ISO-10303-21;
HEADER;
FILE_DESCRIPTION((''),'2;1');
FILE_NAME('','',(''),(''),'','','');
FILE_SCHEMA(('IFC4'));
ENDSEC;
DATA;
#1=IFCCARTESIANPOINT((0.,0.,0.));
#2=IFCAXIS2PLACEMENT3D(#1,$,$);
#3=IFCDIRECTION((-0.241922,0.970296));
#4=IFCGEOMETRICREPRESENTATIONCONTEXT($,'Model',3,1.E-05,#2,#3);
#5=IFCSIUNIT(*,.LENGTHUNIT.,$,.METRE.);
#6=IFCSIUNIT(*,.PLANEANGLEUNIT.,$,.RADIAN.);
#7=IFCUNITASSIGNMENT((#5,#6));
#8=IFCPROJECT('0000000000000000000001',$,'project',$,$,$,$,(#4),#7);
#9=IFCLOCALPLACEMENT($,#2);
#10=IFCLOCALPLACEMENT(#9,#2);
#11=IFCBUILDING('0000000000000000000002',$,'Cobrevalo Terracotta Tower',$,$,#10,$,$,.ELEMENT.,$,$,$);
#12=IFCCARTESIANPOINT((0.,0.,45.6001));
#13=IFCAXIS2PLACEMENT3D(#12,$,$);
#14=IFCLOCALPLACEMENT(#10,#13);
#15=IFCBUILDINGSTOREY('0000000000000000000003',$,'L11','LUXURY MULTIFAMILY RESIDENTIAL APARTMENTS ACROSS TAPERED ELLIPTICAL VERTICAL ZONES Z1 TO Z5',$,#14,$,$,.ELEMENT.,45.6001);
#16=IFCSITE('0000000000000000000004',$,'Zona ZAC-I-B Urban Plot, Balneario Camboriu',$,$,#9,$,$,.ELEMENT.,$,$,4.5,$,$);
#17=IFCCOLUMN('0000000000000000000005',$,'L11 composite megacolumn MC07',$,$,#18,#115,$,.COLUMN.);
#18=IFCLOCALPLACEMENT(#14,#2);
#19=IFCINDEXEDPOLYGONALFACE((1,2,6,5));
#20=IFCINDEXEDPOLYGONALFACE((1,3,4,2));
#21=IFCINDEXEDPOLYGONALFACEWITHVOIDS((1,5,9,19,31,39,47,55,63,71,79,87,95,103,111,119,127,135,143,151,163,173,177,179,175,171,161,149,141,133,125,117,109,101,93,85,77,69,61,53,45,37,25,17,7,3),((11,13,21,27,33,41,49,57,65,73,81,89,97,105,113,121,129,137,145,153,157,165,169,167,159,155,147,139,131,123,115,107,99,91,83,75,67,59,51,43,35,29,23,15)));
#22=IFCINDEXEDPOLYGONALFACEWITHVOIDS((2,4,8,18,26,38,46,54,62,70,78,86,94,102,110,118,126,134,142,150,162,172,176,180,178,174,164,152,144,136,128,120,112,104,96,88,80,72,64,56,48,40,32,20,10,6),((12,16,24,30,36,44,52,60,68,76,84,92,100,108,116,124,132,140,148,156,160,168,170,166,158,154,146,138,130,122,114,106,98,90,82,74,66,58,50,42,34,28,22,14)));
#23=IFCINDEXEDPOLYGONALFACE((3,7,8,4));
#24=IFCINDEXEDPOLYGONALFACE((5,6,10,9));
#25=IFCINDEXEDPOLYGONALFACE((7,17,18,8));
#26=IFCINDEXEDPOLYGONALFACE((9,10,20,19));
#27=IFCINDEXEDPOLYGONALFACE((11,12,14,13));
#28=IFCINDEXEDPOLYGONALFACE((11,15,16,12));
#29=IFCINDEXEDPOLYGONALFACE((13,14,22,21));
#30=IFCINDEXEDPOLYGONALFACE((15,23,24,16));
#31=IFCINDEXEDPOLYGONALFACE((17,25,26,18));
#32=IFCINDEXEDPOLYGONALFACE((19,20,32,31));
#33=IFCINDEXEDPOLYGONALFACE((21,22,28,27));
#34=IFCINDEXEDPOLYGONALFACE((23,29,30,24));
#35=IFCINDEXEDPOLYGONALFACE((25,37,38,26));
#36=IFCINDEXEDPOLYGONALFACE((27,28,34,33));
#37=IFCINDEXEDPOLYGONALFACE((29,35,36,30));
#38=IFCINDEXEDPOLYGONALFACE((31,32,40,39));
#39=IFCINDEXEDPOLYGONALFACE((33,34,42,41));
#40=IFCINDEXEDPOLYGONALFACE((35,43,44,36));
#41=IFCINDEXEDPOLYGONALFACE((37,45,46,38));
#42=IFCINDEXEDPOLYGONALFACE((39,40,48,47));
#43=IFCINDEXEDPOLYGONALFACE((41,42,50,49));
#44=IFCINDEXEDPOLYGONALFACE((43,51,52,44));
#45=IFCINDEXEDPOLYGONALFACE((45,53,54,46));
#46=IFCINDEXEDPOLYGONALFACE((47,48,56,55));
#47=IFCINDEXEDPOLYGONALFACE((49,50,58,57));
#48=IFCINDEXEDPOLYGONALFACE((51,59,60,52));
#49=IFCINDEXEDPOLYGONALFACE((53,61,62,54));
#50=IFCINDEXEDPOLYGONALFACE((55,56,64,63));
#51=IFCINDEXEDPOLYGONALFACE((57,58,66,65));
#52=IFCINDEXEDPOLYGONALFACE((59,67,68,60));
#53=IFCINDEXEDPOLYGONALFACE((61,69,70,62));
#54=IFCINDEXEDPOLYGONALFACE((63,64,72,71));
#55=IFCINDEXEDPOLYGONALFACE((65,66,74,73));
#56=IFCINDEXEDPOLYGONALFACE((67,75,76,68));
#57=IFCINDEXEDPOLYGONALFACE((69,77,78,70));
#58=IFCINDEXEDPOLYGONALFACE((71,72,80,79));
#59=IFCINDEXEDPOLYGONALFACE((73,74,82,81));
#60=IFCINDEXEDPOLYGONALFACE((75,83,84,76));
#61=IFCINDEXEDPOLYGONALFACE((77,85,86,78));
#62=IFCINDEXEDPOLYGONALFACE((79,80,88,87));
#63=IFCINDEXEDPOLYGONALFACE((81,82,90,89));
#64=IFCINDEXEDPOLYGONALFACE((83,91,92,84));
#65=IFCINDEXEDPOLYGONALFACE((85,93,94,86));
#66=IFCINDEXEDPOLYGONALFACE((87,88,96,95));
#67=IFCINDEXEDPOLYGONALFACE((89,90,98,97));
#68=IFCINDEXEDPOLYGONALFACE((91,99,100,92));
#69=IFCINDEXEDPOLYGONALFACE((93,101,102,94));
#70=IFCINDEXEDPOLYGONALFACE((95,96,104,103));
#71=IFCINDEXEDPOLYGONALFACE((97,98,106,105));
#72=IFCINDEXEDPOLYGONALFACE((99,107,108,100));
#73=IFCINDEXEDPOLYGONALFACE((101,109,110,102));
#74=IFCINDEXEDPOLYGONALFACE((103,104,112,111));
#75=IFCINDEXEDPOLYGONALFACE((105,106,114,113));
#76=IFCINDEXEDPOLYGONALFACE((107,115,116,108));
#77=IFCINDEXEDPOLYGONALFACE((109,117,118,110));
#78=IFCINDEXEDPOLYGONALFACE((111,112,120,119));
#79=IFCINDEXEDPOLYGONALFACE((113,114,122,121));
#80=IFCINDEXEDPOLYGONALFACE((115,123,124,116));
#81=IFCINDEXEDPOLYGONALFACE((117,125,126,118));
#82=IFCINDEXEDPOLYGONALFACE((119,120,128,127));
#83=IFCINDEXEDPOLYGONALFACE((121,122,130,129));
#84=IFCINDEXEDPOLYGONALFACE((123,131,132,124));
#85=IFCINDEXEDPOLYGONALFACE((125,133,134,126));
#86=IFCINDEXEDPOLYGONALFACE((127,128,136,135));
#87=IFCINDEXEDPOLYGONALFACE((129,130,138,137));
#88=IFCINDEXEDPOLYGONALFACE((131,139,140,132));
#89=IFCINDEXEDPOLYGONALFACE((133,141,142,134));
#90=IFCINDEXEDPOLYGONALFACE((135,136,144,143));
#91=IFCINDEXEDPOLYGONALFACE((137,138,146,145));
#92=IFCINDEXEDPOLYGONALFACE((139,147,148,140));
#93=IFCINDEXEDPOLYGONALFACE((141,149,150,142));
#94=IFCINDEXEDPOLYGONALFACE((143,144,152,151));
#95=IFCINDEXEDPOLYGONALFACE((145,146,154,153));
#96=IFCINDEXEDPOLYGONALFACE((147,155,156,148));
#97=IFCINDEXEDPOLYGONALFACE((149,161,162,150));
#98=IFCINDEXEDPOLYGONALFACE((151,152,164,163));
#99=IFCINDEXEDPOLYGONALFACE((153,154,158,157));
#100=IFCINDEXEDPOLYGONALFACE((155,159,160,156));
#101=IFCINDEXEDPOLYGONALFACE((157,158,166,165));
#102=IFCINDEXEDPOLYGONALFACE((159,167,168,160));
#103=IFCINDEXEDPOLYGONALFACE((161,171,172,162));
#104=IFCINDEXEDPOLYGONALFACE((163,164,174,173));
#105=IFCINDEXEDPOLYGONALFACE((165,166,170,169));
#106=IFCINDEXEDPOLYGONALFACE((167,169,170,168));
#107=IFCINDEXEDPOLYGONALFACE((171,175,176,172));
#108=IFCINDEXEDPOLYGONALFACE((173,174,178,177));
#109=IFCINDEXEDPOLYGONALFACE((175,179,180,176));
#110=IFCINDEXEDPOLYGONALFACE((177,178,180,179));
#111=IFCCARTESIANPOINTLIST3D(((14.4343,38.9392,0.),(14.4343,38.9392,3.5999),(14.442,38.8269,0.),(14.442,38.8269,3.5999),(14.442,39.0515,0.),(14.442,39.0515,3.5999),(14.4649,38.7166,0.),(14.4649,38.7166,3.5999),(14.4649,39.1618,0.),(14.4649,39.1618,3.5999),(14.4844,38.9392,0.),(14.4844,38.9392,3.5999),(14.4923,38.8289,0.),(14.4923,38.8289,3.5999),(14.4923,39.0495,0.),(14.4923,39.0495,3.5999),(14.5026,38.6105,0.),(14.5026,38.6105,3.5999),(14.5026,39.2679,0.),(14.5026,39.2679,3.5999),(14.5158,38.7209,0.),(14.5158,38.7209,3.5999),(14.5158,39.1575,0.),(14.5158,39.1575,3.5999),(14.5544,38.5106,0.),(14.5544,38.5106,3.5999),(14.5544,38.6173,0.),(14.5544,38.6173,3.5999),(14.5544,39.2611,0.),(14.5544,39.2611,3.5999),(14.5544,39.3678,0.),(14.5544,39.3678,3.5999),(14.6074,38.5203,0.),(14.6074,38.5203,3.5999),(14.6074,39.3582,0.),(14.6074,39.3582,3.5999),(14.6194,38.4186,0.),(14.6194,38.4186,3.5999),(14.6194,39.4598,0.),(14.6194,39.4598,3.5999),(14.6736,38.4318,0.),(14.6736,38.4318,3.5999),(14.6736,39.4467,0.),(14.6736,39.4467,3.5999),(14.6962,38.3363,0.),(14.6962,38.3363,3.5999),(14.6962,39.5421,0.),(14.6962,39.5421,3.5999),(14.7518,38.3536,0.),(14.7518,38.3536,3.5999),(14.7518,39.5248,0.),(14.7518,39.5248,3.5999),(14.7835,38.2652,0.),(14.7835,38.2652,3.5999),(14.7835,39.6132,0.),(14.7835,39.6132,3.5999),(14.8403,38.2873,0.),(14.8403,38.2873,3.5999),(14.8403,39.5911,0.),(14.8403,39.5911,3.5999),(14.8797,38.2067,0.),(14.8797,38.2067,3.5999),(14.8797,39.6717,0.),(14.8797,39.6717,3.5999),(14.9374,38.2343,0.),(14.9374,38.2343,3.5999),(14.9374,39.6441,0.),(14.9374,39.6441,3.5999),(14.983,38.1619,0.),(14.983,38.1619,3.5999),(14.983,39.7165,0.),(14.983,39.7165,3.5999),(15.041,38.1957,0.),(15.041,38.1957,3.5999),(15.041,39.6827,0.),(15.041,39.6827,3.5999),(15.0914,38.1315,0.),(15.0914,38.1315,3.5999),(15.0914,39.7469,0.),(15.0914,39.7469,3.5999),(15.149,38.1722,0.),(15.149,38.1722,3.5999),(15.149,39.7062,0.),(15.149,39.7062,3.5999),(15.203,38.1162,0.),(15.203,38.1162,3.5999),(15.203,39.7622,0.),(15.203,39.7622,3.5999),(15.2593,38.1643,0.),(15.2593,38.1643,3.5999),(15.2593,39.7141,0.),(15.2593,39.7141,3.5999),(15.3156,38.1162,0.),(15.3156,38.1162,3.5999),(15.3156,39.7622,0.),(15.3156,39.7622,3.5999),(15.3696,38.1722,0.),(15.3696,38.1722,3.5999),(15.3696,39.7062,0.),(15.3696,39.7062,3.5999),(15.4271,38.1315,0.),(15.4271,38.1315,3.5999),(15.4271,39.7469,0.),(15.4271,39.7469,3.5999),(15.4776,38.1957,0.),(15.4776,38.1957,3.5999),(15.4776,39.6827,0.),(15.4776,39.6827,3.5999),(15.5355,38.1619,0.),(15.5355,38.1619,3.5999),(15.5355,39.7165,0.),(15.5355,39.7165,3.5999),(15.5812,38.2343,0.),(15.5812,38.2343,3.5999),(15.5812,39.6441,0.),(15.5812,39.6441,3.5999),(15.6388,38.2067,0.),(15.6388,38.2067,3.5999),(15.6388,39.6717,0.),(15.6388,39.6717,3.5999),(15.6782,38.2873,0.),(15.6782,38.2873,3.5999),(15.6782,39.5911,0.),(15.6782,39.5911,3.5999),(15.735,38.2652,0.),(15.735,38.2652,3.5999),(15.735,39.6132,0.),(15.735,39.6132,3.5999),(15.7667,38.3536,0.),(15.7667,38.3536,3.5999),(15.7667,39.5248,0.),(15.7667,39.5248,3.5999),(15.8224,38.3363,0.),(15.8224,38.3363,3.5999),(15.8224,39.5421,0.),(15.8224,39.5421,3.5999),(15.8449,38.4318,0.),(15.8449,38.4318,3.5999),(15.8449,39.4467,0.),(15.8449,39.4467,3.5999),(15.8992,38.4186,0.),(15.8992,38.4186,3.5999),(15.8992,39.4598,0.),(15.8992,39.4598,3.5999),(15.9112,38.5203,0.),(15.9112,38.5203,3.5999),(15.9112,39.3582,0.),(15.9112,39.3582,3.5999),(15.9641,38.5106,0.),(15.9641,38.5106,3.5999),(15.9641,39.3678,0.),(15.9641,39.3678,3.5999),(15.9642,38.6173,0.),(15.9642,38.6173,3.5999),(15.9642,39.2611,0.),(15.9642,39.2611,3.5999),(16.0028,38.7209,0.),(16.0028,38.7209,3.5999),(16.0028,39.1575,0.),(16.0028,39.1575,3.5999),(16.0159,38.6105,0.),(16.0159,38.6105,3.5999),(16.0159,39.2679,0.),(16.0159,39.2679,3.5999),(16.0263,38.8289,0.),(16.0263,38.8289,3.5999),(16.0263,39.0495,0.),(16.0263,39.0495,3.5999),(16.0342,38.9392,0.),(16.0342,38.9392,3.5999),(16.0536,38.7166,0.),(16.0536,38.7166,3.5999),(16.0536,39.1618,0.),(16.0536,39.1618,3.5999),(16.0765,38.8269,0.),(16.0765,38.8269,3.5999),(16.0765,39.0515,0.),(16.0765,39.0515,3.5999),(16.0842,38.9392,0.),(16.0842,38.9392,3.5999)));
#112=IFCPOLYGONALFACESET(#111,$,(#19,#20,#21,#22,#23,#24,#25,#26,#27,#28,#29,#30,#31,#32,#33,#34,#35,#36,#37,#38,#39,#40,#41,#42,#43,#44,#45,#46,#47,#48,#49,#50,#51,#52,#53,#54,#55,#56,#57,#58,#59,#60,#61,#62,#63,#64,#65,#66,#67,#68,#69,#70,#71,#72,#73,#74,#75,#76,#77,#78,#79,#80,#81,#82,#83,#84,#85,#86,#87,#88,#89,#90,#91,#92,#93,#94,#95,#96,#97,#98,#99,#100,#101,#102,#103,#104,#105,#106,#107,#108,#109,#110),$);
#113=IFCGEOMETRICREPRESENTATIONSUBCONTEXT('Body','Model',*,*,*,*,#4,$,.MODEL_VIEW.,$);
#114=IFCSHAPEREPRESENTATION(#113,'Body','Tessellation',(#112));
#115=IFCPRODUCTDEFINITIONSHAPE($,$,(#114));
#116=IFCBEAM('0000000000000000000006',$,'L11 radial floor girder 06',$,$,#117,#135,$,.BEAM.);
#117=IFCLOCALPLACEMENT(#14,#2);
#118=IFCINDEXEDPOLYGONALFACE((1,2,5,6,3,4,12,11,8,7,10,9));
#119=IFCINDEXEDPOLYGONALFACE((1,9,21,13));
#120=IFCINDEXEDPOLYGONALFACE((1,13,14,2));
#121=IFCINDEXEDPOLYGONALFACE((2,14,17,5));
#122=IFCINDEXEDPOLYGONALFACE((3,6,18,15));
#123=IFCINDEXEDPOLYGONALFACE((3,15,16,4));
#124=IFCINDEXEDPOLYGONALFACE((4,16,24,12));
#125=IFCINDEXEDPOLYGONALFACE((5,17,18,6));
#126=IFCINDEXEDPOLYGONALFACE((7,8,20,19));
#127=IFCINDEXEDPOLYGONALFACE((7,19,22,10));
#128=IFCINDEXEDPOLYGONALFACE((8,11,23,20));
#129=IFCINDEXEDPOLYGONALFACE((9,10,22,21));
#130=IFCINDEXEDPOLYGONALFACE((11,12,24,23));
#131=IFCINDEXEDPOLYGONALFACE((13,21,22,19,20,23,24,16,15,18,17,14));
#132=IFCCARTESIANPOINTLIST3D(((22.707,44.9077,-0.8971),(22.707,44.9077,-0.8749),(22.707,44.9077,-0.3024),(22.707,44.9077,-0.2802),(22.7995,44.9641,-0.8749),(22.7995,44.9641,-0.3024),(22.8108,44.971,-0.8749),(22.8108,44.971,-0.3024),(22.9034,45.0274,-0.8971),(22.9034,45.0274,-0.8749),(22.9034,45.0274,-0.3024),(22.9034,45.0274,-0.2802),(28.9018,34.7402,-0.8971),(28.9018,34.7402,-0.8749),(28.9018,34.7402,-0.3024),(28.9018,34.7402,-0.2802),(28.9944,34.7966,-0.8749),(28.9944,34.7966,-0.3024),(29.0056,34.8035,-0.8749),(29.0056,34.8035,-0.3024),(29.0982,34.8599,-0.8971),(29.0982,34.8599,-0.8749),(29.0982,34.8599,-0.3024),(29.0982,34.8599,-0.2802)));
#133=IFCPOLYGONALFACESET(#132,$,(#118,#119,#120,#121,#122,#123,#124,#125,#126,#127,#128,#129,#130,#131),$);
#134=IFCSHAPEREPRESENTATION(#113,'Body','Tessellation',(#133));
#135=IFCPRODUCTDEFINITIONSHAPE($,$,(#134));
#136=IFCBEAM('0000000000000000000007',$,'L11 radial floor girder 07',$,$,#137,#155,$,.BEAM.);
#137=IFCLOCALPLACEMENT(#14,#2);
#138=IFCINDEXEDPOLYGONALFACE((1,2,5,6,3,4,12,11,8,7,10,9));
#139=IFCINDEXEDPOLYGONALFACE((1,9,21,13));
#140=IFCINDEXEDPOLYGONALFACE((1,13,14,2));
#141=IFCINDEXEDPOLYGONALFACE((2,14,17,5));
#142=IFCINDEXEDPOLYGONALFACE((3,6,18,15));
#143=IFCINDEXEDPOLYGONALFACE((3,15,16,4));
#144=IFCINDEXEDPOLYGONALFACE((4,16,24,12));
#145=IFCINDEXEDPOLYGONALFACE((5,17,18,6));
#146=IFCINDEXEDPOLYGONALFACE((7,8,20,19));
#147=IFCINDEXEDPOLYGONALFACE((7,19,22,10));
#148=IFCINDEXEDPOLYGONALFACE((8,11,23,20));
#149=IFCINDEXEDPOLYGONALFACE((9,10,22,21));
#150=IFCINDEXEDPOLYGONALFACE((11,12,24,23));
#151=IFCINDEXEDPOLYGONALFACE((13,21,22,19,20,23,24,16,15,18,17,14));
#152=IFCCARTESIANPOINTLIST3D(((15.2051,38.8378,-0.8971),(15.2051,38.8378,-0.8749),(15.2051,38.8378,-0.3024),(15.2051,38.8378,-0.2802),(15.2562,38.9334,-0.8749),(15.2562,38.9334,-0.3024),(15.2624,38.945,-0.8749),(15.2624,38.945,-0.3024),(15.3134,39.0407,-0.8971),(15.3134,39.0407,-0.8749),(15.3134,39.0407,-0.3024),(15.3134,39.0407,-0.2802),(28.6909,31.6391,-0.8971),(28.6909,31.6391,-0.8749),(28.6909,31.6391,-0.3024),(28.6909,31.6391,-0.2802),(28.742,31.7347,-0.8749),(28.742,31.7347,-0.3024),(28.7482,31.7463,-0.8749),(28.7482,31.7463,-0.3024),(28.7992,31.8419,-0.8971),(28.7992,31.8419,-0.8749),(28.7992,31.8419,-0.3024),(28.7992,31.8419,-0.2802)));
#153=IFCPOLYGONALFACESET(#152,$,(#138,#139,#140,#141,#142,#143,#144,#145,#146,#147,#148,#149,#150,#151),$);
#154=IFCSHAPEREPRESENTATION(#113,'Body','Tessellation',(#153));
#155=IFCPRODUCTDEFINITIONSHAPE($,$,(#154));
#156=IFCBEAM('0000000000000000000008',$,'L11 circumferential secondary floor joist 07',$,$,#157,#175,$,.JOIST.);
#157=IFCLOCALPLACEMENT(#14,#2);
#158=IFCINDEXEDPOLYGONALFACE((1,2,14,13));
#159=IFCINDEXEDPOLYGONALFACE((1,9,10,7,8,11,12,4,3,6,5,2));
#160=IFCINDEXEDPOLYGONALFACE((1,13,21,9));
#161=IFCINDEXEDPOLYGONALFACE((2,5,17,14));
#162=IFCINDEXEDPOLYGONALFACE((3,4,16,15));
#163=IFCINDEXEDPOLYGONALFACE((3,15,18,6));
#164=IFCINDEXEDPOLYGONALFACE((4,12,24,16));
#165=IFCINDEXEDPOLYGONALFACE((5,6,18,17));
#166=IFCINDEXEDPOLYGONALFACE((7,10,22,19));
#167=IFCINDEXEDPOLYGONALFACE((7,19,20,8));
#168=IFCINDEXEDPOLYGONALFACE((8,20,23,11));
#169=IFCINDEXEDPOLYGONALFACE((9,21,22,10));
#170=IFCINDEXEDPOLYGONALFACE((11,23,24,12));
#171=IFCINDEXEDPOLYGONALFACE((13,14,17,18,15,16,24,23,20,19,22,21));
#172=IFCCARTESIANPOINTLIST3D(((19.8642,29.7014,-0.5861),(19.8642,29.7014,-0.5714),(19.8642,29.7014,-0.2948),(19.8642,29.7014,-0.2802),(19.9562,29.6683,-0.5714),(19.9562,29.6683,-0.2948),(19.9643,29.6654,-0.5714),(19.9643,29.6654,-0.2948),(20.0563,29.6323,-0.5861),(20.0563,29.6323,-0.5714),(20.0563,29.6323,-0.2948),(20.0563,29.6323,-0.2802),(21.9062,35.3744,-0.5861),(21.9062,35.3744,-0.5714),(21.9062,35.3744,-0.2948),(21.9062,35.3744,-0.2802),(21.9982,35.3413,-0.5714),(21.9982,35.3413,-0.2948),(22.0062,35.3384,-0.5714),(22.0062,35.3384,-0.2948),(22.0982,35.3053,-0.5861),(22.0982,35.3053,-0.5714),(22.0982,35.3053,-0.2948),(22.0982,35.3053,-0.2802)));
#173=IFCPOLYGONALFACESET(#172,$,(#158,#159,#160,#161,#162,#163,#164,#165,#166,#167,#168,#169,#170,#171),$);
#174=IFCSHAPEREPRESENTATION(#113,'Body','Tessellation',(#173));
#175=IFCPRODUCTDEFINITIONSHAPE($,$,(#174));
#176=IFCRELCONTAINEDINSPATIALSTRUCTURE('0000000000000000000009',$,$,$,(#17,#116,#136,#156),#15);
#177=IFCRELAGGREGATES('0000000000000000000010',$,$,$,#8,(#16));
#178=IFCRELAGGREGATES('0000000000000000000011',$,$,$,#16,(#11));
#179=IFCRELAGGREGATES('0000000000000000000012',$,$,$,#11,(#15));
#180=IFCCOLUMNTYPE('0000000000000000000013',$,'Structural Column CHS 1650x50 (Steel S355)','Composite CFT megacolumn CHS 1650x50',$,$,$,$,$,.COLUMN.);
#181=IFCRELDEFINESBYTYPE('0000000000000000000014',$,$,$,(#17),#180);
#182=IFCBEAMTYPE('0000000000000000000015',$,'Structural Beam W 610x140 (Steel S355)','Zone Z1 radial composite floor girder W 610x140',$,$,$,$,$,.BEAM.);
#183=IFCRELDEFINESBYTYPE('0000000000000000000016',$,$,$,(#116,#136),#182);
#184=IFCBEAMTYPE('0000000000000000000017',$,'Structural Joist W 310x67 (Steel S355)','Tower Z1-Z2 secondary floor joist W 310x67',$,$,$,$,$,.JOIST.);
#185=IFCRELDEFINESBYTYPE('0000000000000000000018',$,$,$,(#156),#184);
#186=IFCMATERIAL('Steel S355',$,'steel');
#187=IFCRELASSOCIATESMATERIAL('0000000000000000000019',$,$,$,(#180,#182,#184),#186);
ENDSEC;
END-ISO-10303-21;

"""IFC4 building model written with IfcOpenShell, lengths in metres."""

from ifc_helpers import new_model, si_unit, direction, frame, origin, origin_2d, place, context, subcontext, project, spatial, hollow_circle, i_section, extrude, material, material_profile, profile_set, type_object, element, save


model = new_model("IFC4")

# Units and contexts
model_context = context("Model", 3, precision=1e-05, world=origin(), true_north=direction((-0.241922, 0.970296)))
body_context = subcontext(model_context, "Body", "Model", "MODEL_VIEW")
ifc_project = project(units=[si_unit("LENGTHUNIT", "METRE"), si_unit("PLANEANGLEUNIT", "RADIAN")], contexts=[model_context])

# Site, building, storey
site_placement = place(None, origin())
site = spatial("IfcSite", under=ifc_project, at=site_placement, Name="Zona ZAC-I-B Urban Plot, Balneario Camboriu", CompositionType="ELEMENT", RefElevation=4.5)
building_placement = place(site_placement, origin())
building = spatial("IfcBuilding", under=site, at=building_placement, Name="Cobrevalo Terracotta Tower", CompositionType="ELEMENT")
storey_placement = place(building_placement, frame((0.0, 0.0, 45.6001)))
storey = spatial("IfcBuildingStorey", under=building, at=storey_placement, Name="L11", Description="LUXURY MULTIFAMILY RESIDENTIAL APARTMENTS ACROSS TAPERED ELLIPTICAL VERTICAL ZONES Z1 TO Z5", CompositionType="ELEMENT", Elevation=45.6001)

# Column
ifc_material_1 = material(Name="Steel S355", Category="steel")
ifc_material_profile_1 = material_profile(ifc_material_1, hollow_circle(Radius=0.825, WallThickness=0.05, at=origin_2d()), Name="CHS 1650x50")
ifc_profile_set_1 = profile_set([ifc_material_profile_1], Name="Steel S355")
column_type = type_object("IfcColumnType", Name="Structural Column CHS 1650x50 (Steel S355)", Description="Composite CFT megacolumn CHS 1650x50", PredefinedType="COLUMN", material=ifc_profile_set_1)
for number, where, z_axis, x_axis, name in (
    (1, (15.2593, 38.9392, 0.0), (0.0, 0.0, 1.0), (1.0, 0.0, 0.0), "L11 composite megacolumn MC07"),
):
    element("IfcColumn", number, at=place(storey_placement, frame(where, z_axis=z_axis, x_axis=x_axis)), inside=storey, type_object=column_type, Name=name, PredefinedType="COLUMN", context=body_context, shape_type="SweptSolid", body=[
        extrude(hollow_circle(Radius=0.825, WallThickness=0.05, at=origin_2d()), origin(), (0.0, 0.0, 1.0), 3.5999),
    ])

# Beams
ifc_material_profile_2 = material_profile(ifc_material_1, i_section(OverallWidth=0.23, OverallDepth=0.6169, WebThickness=0.0132, FlangeThickness=0.0222, at=origin_2d()), Name="W 610x140")
ifc_profile_set_2 = profile_set([ifc_material_profile_2], Name="Steel S355")
beam_type_1 = type_object("IfcBeamType", Name="Structural Beam W 610x140 (Steel S355)", Description="Zone Z1 radial composite floor girder W 610x140", PredefinedType="BEAM", material=ifc_profile_set_2)
beam_1_placement = place(storey_placement, frame((22.8052, 44.9675, -0.5886), z_axis=(0.52031, -0.853978, 0.0), x_axis=(0.853978, 0.52031, 0.0)))
element("IfcBeam", 2, at=beam_1_placement, inside=storey, type_object=beam_type_1, Name="L11 radial floor girder 06", PredefinedType="BEAM", context=body_context, shape_type="SweptSolid", body=[
    extrude(i_section(OverallWidth=0.23, OverallDepth=0.6169, WebThickness=0.0132, FlangeThickness=0.0222, at=origin_2d()), origin(), (0.0, 0.0, 1.0), 11.906),
])
beam_2_placement = place(storey_placement, frame((15.2593, 38.9392, -0.5886), z_axis=(0.882182, -0.470908, 0.0), x_axis=(0.470908, 0.882182, 0.0)))
element("IfcBeam", 3, at=beam_2_placement, inside=storey, type_object=beam_type_1, Name="L11 radial floor girder 07", PredefinedType="BEAM", context=body_context, shape_type="SweptSolid", body=[
    extrude(i_section(OverallWidth=0.23, OverallDepth=0.6169, WebThickness=0.0132, FlangeThickness=0.0222, at=origin_2d()), origin(), (0.0, 0.0, 1.0), 15.2869),
])
ifc_material_profile_3 = material_profile(ifc_material_1, i_section(OverallWidth=0.2041, OverallDepth=0.3059, WebThickness=0.0085, FlangeThickness=0.0146, at=origin_2d()), Name="W 310x67")
ifc_profile_set_3 = profile_set([ifc_material_profile_3], Name="Steel S355")
beam_type_2 = type_object("IfcBeamType", Name="Structural Joist W 310x67 (Steel S355)", Description="Tower Z1-Z2 secondary floor joist W 310x67", PredefinedType="JOIST", material=ifc_profile_set_3)
beam_3_placement = place(storey_placement, frame((22.0022, 35.3398, -0.4331), z_axis=(-0.338672, -0.940904, 0.0), x_axis=(0.940904, -0.338672, 0.0)))
element("IfcBeam", 4, at=beam_3_placement, inside=storey, type_object=beam_type_2, Name="L11 circumferential secondary floor joist 07", PredefinedType="JOIST", context=body_context, shape_type="SweptSolid", body=[
    extrude(i_section(OverallWidth=0.2041, OverallDepth=0.3059, WebThickness=0.0085, FlangeThickness=0.0146, at=origin_2d()), origin(), (0.0, 0.0, 1.0), 6.0293),
])

save(model, "model.ifc")
